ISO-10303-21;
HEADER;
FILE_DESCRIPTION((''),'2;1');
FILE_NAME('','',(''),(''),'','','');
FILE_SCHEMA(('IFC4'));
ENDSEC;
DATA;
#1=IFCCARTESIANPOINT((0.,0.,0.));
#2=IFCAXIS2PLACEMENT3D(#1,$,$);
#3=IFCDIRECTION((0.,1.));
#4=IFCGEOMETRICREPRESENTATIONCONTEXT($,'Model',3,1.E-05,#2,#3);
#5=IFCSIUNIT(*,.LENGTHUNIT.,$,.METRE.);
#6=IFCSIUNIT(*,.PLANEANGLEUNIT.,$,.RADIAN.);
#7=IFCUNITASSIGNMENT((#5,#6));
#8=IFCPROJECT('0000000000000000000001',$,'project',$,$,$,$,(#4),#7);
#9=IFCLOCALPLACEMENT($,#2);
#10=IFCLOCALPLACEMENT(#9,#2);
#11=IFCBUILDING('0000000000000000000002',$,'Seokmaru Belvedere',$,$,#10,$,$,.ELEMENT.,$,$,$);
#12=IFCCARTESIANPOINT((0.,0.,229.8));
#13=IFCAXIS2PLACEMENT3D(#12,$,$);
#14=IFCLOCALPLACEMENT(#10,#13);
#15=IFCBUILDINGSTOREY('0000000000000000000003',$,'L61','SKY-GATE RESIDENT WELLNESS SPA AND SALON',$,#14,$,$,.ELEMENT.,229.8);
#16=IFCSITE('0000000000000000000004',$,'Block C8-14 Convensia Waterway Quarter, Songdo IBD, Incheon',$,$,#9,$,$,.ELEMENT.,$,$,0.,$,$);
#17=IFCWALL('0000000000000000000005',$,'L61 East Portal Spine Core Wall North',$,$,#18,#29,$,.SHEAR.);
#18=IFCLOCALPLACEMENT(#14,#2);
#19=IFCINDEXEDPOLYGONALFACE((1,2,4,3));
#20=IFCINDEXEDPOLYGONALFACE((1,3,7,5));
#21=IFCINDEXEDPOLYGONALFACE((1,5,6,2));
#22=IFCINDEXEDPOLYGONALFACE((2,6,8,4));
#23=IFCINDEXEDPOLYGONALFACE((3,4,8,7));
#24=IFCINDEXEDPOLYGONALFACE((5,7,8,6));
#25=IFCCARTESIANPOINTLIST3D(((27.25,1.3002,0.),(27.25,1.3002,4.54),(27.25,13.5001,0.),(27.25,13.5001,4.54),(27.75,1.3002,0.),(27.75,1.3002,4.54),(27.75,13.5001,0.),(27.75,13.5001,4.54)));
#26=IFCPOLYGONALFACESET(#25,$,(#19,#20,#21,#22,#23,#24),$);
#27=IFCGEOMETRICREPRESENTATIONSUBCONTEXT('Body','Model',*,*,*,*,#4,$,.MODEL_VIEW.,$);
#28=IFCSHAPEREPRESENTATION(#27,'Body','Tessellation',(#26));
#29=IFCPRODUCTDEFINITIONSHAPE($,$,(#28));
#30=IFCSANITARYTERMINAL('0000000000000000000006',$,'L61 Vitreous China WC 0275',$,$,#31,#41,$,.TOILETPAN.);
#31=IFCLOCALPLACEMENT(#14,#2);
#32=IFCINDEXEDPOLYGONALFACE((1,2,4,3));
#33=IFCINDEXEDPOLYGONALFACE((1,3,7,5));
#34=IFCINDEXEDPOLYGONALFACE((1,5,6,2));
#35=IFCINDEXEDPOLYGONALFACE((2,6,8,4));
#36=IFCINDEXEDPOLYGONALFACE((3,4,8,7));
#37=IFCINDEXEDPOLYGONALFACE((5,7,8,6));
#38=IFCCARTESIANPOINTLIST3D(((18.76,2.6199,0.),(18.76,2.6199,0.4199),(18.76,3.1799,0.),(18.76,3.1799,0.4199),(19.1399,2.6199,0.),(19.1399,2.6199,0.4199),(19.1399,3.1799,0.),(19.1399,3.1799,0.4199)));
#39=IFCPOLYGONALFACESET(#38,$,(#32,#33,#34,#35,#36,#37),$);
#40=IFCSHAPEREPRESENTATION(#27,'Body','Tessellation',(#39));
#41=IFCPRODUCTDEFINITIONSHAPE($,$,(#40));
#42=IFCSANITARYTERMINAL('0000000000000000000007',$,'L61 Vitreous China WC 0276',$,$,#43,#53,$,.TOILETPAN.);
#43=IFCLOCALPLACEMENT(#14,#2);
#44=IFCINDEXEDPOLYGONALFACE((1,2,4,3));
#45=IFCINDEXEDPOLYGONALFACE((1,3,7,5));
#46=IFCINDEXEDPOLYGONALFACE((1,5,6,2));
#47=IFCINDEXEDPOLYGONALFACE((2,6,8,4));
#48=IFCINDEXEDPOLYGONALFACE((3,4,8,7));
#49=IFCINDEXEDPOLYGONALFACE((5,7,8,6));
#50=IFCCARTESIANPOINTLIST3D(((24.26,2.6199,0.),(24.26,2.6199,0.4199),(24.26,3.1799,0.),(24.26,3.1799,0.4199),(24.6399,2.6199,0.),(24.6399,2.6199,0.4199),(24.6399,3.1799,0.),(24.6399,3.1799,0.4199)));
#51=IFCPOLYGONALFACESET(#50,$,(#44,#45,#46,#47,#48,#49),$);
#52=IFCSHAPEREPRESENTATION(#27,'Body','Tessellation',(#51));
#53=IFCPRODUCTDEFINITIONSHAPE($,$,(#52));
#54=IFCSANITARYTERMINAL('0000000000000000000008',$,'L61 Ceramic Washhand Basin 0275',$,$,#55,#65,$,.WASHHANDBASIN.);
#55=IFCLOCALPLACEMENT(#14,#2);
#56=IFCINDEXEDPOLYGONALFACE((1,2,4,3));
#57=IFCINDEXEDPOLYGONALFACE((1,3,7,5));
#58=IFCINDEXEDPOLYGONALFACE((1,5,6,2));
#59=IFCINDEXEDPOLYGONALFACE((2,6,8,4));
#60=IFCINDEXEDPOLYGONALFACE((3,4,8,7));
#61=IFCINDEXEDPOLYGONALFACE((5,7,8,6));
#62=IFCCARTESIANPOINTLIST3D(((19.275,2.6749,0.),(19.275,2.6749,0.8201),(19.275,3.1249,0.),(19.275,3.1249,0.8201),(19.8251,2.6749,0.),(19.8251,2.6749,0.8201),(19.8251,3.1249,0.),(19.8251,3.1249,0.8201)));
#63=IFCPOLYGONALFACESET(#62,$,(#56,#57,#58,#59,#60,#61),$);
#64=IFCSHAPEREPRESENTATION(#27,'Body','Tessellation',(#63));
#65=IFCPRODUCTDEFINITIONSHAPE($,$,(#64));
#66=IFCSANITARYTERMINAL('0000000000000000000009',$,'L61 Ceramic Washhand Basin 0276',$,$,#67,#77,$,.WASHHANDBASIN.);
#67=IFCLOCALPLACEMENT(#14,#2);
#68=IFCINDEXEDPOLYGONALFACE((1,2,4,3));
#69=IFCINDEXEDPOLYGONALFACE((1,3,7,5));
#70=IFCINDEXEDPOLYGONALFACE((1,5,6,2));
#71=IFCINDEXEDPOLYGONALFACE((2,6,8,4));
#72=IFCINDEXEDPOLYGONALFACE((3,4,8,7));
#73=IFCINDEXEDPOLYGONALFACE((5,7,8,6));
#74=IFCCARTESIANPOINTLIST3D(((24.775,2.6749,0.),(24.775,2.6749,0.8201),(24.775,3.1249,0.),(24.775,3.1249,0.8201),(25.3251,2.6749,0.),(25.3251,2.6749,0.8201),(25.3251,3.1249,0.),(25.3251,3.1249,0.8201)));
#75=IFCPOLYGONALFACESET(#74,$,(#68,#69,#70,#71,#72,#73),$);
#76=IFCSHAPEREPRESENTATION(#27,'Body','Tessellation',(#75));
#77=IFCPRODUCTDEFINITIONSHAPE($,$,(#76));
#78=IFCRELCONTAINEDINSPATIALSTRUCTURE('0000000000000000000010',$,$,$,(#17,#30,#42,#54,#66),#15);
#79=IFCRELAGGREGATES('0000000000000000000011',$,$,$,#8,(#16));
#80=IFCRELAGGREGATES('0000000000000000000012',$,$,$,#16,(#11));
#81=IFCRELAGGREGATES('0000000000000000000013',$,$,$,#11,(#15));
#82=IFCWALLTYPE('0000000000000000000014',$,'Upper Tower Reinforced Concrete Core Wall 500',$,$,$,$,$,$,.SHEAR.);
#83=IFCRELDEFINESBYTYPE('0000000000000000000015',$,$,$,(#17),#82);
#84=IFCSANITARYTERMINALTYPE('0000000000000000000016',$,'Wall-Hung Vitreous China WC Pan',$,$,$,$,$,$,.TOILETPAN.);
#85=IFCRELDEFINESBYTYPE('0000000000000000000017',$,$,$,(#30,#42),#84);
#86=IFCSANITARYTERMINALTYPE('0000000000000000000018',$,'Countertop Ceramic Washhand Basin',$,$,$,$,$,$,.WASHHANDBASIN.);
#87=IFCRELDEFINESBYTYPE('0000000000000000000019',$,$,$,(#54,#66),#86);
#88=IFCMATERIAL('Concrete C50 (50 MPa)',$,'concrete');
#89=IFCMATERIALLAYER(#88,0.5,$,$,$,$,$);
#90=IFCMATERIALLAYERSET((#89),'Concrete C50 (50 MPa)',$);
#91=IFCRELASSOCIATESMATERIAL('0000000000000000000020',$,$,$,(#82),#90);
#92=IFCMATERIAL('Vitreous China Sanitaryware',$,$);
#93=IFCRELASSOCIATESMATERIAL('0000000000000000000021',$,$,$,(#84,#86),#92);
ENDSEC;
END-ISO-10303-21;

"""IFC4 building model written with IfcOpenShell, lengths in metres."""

from ifc_helpers import new_model, si_unit, direction, frame, frame_2d, origin, origin_2d, place, context, subcontext, project, spatial, rectangle, extrude, source, transform, mapped, material, layer, layer_set, type_object, type_shapes, element, save


model = new_model("IFC4")

# Units and contexts
model_context = context("Model", 3, precision=1e-05, world=origin(), true_north=direction((0.0, 1.0)))
body_context = subcontext(model_context, "Body", "Model", "MODEL_VIEW")
ifc_project = project(units=[si_unit("LENGTHUNIT", "METRE"), si_unit("PLANEANGLEUNIT", "RADIAN")], contexts=[model_context])

# Site, building, storey
site_placement = place(None, origin())
site = spatial("IfcSite", under=ifc_project, at=site_placement, Name="Block C8-14 Convensia Waterway Quarter, Songdo IBD, Incheon", CompositionType="ELEMENT", RefElevation=0.0)
building_placement = place(site_placement, origin())
building = spatial("IfcBuilding", under=site, at=building_placement, Name="Seokmaru Belvedere", CompositionType="ELEMENT")
storey_placement = place(building_placement, frame((0.0, 0.0, 229.8)))
storey = spatial("IfcBuildingStorey", under=building, at=storey_placement, Name="L61", Description="SKY-GATE RESIDENT WELLNESS SPA AND SALON", CompositionType="ELEMENT", Elevation=229.8)

# Shared definitions
ifc_material_1 = material(Name="Concrete C50 (50 MPa)", Category="concrete")

# Wall
ifc_layer_1 = layer(ifc_material_1, 0.5)
ifc_layer_set_1 = layer_set([ifc_layer_1], Name="Concrete C50 (50 MPa)")
wall_type_1 = type_object("IfcWallType", Name="Upper Tower Reinforced Concrete Core Wall 500", PredefinedType="SHEAR", material=ifc_layer_set_1)
wall_1_placement = place(storey_placement, frame((27.5, 1.3, 0.0), z_axis=(0.0, 0.0, 1.0), x_axis=(0.0, 1.0, 0.0)))
element("IfcWall", 1, at=wall_1_placement, inside=storey, type_object=wall_type_1, Name="L61 East Portal Spine Core Wall North", PredefinedType="SHEAR", context=body_context, shape_type="SweptSolid", body=[
    extrude(rectangle(XDim=12.2, YDim=0.5, at=frame_2d((6.1001, 0.0))), origin(), (0.0, 0.0, 1.0), 4.54),
])

# Sanitary terminals
ifc_material_2 = material(Name="Vitreous China Sanitaryware")
sanitary_terminal_type_1 = type_object("IfcSanitaryTerminalType", Name="Wall-Hung Vitreous China WC Pan", PredefinedType="TOILETPAN", material=ifc_material_2)
shared_shape_1 = source(origin(), body_context, "Body", "SweptSolid", [
    extrude(rectangle(XDim=0.3799, YDim=0.5601, at=origin_2d()), origin(), (0.0, 0.0, 1.0), 0.4199),
])
type_shapes(sanitary_terminal_type_1, [shared_shape_1])
for number, where, z_axis, x_axis, name in (
    (2, (18.95, 2.8999, 0.0), (0.0, 0.0, 1.0), (1.0, 0.0, 0.0), "L61 Vitreous China WC 0275"),
    (3, (24.45, 2.8999, 0.0), (0.0, 0.0, 1.0), (1.0, 0.0, 0.0), "L61 Vitreous China WC 0276"),
):
    element("IfcSanitaryTerminal", number, at=place(storey_placement, frame(where, z_axis=z_axis, x_axis=x_axis)), inside=storey, type_object=sanitary_terminal_type_1, Name=name, PredefinedType="TOILETPAN", context=body_context, shape_type="MappedRepresentation", body=[
        mapped(shared_shape_1, transform((0.0, 0.0, 0.0), scale=1.0)),
    ])
sanitary_terminal_type_2 = type_object("IfcSanitaryTerminalType", Name="Countertop Ceramic Washhand Basin", PredefinedType="WASHHANDBASIN", material=ifc_material_2)
shared_shape_2 = source(origin(), body_context, "Body", "SweptSolid", [
    extrude(rectangle(XDim=0.55, YDim=0.45, at=origin_2d()), origin(), (0.0, 0.0, 1.0), 0.8201),
])
type_shapes(sanitary_terminal_type_2, [shared_shape_2])
for number, where, z_axis, x_axis, name in (
    (4, (19.55, 2.8999, 0.0), (0.0, 0.0, 1.0), (1.0, 0.0, 0.0), "L61 Ceramic Washhand Basin 0275"),
    (5, (25.05, 2.8999, 0.0), (0.0, 0.0, 1.0), (1.0, 0.0, 0.0), "L61 Ceramic Washhand Basin 0276"),
):
    element("IfcSanitaryTerminal", number, at=place(storey_placement, frame(where, z_axis=z_axis, x_axis=x_axis)), inside=storey, type_object=sanitary_terminal_type_2, Name=name, PredefinedType="WASHHANDBASIN", context=body_context, shape_type="MappedRepresentation", body=[
        mapped(shared_shape_2, transform((0.0, 0.0, 0.0), scale=1.0)),
    ])

save(model, "model.ifc")
